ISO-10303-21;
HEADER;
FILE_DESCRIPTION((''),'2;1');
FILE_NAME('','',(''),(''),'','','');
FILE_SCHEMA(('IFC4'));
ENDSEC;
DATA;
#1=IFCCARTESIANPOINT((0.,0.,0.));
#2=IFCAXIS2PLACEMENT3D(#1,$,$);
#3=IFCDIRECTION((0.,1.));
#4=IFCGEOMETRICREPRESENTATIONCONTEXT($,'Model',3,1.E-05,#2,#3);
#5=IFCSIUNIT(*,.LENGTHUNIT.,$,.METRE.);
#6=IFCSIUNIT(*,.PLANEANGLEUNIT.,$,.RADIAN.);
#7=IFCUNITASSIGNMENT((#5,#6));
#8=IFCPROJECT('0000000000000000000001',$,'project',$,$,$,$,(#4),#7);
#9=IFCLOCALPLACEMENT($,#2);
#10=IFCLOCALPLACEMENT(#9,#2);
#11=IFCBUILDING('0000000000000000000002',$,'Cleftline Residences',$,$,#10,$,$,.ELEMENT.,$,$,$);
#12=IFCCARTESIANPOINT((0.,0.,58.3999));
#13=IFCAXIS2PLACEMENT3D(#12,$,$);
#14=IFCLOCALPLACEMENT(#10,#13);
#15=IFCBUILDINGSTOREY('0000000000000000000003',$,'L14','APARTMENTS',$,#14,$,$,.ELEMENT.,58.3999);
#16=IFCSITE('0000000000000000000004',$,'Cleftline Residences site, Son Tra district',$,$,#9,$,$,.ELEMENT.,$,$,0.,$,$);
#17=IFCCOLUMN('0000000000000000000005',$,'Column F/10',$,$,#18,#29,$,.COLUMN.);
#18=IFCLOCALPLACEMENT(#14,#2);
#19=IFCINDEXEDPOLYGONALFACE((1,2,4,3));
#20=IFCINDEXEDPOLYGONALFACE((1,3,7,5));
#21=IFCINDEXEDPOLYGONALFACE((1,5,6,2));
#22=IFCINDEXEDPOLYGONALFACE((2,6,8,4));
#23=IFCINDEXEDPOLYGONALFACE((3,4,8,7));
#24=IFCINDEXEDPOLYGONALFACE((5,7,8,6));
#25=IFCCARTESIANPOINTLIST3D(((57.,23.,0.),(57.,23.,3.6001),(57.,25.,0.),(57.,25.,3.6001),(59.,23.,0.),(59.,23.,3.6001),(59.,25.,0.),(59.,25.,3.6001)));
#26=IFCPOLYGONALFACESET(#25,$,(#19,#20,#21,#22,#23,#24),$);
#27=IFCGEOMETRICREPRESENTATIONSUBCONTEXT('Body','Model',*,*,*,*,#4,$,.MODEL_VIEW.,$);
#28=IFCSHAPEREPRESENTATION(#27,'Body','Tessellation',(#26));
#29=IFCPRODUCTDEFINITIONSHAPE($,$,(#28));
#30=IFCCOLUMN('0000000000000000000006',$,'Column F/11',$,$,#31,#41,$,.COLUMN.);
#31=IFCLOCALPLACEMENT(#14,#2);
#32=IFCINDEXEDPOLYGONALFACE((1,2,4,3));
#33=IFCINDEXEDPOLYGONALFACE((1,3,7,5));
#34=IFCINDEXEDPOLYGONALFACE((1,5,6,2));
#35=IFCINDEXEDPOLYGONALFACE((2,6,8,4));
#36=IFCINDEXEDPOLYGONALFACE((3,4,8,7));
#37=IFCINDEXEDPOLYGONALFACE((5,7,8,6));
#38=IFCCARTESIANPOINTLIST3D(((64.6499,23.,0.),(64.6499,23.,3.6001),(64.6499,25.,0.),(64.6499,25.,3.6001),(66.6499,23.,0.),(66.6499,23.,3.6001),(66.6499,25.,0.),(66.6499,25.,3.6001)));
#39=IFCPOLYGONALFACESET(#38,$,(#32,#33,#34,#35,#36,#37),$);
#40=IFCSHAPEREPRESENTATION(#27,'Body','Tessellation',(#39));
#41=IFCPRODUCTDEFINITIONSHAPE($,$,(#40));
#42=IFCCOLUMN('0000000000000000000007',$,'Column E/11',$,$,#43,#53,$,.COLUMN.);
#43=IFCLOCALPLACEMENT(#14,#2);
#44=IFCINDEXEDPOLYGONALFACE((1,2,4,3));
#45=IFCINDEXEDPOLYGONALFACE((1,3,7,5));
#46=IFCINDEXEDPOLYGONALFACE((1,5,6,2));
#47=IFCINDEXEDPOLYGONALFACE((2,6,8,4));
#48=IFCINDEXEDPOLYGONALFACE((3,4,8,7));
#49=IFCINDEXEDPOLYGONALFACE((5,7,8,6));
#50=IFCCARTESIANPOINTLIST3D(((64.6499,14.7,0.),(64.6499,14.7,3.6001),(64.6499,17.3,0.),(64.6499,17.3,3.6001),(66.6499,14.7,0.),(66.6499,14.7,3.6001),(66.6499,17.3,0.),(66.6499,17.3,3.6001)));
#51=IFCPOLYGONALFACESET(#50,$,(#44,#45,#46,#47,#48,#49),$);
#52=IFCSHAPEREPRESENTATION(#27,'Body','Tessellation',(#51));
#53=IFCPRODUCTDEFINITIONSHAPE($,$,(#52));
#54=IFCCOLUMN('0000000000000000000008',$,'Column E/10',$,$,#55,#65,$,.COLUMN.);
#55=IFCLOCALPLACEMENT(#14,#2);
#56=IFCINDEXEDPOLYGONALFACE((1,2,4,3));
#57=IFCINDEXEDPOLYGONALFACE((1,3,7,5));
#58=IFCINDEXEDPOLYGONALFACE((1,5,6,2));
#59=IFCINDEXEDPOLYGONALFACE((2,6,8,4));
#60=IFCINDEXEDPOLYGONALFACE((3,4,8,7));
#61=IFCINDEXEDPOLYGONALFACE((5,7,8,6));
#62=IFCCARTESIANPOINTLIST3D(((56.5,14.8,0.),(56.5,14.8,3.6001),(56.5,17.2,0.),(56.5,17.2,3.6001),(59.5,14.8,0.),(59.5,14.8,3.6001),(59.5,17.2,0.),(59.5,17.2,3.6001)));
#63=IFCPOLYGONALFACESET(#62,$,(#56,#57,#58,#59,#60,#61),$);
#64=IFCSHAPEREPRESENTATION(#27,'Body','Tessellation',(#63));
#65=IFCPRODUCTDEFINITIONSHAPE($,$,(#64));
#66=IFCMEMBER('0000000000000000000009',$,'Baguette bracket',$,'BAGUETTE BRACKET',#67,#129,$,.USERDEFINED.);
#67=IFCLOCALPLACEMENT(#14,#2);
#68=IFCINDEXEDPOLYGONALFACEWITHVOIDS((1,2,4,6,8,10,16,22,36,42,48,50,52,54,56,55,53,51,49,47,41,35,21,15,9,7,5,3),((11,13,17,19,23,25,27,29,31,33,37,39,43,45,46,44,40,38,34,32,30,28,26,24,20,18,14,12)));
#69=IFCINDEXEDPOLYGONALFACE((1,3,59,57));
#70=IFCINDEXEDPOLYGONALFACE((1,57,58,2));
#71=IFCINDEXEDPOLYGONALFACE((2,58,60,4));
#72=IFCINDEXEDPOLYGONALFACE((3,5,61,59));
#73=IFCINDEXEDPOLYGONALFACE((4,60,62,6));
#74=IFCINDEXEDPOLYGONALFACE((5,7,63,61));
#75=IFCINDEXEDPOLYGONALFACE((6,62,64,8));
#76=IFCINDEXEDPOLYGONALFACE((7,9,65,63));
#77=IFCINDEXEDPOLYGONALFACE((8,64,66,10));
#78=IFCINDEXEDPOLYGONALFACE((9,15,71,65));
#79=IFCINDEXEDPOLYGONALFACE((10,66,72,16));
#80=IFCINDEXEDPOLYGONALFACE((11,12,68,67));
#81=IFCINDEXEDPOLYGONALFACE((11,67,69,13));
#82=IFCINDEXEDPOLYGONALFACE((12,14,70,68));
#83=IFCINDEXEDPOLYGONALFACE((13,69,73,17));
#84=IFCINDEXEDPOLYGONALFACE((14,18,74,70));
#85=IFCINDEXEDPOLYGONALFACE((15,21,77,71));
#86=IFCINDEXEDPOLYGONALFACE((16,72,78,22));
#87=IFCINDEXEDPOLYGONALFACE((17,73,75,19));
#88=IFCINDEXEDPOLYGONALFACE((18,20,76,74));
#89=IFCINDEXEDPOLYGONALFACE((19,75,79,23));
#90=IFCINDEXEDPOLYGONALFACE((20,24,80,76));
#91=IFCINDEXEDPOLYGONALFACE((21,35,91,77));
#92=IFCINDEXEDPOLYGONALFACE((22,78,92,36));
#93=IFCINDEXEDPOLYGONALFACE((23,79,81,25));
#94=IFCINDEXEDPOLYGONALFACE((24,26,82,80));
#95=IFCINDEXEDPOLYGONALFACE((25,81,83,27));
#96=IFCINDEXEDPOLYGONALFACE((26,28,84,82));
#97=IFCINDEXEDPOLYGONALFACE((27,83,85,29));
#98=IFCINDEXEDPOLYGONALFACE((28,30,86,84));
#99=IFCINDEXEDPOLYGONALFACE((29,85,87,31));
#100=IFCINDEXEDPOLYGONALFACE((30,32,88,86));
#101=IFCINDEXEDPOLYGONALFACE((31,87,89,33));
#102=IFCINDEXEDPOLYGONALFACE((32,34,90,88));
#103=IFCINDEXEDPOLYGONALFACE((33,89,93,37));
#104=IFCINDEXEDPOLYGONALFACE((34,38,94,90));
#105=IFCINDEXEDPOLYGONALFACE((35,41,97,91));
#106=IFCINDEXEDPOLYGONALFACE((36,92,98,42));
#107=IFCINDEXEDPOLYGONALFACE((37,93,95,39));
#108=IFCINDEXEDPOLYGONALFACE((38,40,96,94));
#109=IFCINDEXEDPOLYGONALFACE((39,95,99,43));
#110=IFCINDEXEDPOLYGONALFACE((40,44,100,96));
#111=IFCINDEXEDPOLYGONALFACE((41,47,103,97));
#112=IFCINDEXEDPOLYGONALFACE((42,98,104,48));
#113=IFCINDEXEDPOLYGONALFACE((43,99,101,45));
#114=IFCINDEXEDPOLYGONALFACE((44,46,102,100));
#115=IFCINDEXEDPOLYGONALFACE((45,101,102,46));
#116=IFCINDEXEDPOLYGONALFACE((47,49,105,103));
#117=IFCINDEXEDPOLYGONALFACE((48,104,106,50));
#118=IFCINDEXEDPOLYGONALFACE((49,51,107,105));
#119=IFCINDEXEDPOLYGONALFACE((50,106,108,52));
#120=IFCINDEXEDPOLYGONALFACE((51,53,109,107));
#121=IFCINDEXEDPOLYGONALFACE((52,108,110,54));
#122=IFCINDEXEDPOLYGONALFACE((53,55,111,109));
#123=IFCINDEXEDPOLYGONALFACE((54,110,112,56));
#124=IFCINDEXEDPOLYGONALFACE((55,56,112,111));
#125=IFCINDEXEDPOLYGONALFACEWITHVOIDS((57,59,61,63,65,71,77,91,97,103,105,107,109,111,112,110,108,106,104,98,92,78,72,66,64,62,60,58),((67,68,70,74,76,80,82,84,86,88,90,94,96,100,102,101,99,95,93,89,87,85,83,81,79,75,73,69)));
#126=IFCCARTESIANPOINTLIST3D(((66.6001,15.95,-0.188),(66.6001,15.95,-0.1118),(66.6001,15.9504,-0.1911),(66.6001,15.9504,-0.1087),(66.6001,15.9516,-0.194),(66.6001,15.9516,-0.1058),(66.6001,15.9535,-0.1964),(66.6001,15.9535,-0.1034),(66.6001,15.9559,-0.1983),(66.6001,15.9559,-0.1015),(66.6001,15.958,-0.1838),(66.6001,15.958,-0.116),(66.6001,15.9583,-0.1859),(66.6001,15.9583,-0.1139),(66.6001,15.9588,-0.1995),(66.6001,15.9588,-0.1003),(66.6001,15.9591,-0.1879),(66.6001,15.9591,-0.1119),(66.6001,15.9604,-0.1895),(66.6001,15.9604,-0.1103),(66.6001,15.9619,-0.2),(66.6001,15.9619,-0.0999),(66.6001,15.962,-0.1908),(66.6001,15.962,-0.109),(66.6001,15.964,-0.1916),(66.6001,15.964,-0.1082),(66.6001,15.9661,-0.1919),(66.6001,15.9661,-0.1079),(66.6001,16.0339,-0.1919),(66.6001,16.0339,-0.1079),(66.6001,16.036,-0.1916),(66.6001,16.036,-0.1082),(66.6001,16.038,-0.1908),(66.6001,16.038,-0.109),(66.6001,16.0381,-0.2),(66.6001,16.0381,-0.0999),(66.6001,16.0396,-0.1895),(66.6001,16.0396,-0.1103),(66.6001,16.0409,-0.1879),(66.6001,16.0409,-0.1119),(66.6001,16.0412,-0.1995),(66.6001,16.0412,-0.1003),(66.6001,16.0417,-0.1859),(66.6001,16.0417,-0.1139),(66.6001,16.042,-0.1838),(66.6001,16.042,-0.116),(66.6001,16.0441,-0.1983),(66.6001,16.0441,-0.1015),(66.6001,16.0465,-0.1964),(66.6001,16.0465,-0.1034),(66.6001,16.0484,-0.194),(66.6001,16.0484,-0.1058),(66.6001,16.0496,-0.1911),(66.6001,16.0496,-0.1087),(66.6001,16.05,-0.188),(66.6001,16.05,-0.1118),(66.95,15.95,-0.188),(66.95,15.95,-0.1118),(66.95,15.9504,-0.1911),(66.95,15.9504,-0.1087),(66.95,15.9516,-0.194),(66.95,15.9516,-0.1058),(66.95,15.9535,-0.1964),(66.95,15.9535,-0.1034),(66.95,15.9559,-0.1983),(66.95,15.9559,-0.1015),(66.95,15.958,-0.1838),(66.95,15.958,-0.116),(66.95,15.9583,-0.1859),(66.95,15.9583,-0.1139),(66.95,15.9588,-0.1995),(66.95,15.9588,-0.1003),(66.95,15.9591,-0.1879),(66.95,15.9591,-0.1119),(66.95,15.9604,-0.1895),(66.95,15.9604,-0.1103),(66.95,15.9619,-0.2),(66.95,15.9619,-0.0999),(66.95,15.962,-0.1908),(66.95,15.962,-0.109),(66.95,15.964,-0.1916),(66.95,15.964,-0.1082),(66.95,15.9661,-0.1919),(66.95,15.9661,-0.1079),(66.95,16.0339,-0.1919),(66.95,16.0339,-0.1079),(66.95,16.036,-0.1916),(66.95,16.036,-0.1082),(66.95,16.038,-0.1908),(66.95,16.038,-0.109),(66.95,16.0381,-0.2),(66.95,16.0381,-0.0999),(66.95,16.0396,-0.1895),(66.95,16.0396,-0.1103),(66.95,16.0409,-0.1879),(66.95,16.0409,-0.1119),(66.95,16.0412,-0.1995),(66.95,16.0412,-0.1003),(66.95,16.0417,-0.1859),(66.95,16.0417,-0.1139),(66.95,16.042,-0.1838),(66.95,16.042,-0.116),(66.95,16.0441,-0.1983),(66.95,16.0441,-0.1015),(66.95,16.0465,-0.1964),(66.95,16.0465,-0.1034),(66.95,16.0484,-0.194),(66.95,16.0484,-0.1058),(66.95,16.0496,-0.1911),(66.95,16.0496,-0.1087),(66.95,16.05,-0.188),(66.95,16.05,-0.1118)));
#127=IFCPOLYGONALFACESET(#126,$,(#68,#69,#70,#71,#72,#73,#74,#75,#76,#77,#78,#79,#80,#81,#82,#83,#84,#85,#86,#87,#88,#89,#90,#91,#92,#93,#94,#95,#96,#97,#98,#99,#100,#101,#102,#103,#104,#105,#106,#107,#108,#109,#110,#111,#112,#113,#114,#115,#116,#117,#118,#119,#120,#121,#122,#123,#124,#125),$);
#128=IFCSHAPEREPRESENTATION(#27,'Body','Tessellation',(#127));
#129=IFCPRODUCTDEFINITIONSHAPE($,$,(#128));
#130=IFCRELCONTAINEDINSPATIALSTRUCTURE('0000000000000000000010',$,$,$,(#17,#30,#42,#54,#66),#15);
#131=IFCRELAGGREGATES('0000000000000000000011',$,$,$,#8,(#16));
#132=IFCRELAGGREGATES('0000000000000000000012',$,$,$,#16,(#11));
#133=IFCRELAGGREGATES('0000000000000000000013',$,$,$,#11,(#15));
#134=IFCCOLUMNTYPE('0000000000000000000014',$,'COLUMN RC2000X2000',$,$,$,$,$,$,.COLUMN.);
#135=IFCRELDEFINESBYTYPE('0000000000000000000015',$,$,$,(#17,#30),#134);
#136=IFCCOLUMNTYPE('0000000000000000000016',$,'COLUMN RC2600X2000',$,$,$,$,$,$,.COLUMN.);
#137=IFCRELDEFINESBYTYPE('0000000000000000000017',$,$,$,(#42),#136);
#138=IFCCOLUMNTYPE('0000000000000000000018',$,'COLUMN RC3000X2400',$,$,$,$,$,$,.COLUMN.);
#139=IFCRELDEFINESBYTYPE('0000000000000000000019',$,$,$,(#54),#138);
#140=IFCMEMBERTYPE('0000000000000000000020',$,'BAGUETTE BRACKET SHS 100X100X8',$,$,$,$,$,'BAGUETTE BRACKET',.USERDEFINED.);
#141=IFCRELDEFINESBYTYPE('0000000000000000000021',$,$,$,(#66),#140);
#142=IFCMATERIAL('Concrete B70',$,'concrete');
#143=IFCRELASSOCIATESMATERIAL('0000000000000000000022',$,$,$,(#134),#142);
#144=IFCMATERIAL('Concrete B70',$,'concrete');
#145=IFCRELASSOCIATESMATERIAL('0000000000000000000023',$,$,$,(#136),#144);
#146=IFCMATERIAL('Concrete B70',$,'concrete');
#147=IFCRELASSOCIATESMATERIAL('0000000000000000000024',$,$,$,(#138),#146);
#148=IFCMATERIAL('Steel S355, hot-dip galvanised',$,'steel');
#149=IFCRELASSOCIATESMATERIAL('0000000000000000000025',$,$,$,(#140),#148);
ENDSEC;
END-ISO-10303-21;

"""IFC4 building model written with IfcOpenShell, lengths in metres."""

from ifc_helpers import new_model, si_unit, direction, frame, origin, origin_2d, place, context, subcontext, project, spatial, rectangle, hollow_rectangle, extrude, material, material_profile, profile_set, type_object, element, save


model = new_model("IFC4")

# Units and contexts
model_context = context("Model", 3, precision=1e-05, world=origin(), true_north=direction((0.0, 1.0)))
body_context = subcontext(model_context, "Body", "Model", "MODEL_VIEW")
ifc_project = project(units=[si_unit("LENGTHUNIT", "METRE"), si_unit("PLANEANGLEUNIT", "RADIAN")], contexts=[model_context])

# Site, building, storey
site_placement = place(None, origin())
site = spatial("IfcSite", under=ifc_project, at=site_placement, Name="Cleftline Residences site, Son Tra district", CompositionType="ELEMENT", RefElevation=0.0)
building_placement = place(site_placement, origin())
building = spatial("IfcBuilding", under=site, at=building_placement, Name="Cleftline Residences", CompositionType="ELEMENT")
storey_placement = place(building_placement, frame((0.0, 0.0, 58.3999)))
storey = spatial("IfcBuildingStorey", under=building, at=storey_placement, Name="L14", Description="APARTMENTS", CompositionType="ELEMENT", Elevation=58.3999)

# Columns
ifc_material_1 = material(Name="Concrete B70", Category="concrete")
ifc_material_profile_1 = material_profile(ifc_material_1, rectangle(XDim=2.0, YDim=2.0, at=origin_2d()))
ifc_profile_set_1 = profile_set([ifc_material_profile_1], Name="Concrete B70")
column_type_1 = type_object("IfcColumnType", Name="COLUMN RC2000X2000", PredefinedType="COLUMN", material=ifc_profile_set_1)
for number, where, z_axis, x_axis, name in (
    (1, (58.0, 24.0, 0.0), (0.0, 0.0, 1.0), (1.0, 0.0, 0.0), "Column F/10"),
    (2, (65.6499, 24.0, 0.0), (0.0, 0.0, 1.0), (1.0, 0.0, 0.0), "Column F/11"),
):
    element("IfcColumn", number, at=place(storey_placement, frame(where, z_axis=z_axis, x_axis=x_axis)), inside=storey, type_object=column_type_1, Name=name, PredefinedType="COLUMN", context=body_context, shape_type="SweptSolid", body=[
        extrude(rectangle(XDim=2.0, YDim=2.0, at=origin_2d()), origin(), (0.0, 0.0, 1.0), 3.6001),
    ])
ifc_material_2 = material(Name="Concrete B70", Category="concrete")
ifc_material_profile_2 = material_profile(ifc_material_2, rectangle(XDim=2.6001, YDim=2.0, at=origin_2d()))
ifc_profile_set_2 = profile_set([ifc_material_profile_2], Name="Concrete B70")
column_type_2 = type_object("IfcColumnType", Name="COLUMN RC2600X2000", PredefinedType="COLUMN", material=ifc_profile_set_2)
column_1_placement = place(storey_placement, frame((65.6499, 16.0, 0.0), z_axis=(0.0, 0.0, 1.0), x_axis=(0.0, 1.0, 0.0)))
element("IfcColumn", 3, at=column_1_placement, inside=storey, type_object=column_type_2, Name="Column E/11", PredefinedType="COLUMN", context=body_context, shape_type="SweptSolid", body=[
    extrude(rectangle(XDim=2.6001, YDim=2.0, at=origin_2d()), origin(), (0.0, 0.0, 1.0), 3.6001),
])
ifc_material_3 = material(Name="Concrete B70", Category="concrete")
ifc_material_profile_3 = material_profile(ifc_material_3, rectangle(XDim=3.0, YDim=2.3999, at=origin_2d()))
ifc_profile_set_3 = profile_set([ifc_material_profile_3], Name="Concrete B70")
column_type_3 = type_object("IfcColumnType", Name="COLUMN RC3000X2400", PredefinedType="COLUMN", material=ifc_profile_set_3)
column_2_placement = place(storey_placement, frame((58.0, 16.0, 0.0), z_axis=(0.0, 0.0, 1.0), x_axis=(1.0, 0.0, 0.0)))
element("IfcColumn", 4, at=column_2_placement, inside=storey, type_object=column_type_3, Name="Column E/10", PredefinedType="COLUMN", context=body_context, shape_type="SweptSolid", body=[
    extrude(rectangle(XDim=3.0, YDim=2.3999, at=origin_2d()), origin(), (0.0, 0.0, 1.0), 3.6001),
])

# Member
ifc_material_4 = material(Name="Steel S355, hot-dip galvanised", Category="steel")
ifc_material_profile_4 = material_profile(ifc_material_4, hollow_rectangle(XDim=0.1001, YDim=0.1001, WallThickness=0.0081, InnerFilletRadius=0.0081, OuterFilletRadius=0.012, at=origin_2d()))
ifc_profile_set_4 = profile_set([ifc_material_profile_4], Name="Steel S355, hot-dip galvanised")
member_type_1 = type_object("IfcMemberType", Name="BAGUETTE BRACKET SHS 100X100X8", ElementType="BAGUETTE BRACKET", PredefinedType="USERDEFINED", material=ifc_profile_set_4)
member_1_placement = place(storey_placement, frame((66.6001, 16.0, -0.1499), z_axis=(1.0, 0.0, 0.0), x_axis=(0.0, 1.0, 0.0)))
element("IfcMember", 5, at=member_1_placement, inside=storey, type_object=member_type_1, Name="Baguette bracket", ObjectType="BAGUETTE BRACKET", PredefinedType="USERDEFINED", context=body_context, shape_type="SweptSolid", body=[
    extrude(hollow_rectangle(XDim=0.1001, YDim=0.1001, WallThickness=0.0081, InnerFilletRadius=0.0081, OuterFilletRadius=0.012, at=origin_2d()), origin(), (0.0, 0.0, 1.0), 0.3499),
])

save(model, "model.ifc")
